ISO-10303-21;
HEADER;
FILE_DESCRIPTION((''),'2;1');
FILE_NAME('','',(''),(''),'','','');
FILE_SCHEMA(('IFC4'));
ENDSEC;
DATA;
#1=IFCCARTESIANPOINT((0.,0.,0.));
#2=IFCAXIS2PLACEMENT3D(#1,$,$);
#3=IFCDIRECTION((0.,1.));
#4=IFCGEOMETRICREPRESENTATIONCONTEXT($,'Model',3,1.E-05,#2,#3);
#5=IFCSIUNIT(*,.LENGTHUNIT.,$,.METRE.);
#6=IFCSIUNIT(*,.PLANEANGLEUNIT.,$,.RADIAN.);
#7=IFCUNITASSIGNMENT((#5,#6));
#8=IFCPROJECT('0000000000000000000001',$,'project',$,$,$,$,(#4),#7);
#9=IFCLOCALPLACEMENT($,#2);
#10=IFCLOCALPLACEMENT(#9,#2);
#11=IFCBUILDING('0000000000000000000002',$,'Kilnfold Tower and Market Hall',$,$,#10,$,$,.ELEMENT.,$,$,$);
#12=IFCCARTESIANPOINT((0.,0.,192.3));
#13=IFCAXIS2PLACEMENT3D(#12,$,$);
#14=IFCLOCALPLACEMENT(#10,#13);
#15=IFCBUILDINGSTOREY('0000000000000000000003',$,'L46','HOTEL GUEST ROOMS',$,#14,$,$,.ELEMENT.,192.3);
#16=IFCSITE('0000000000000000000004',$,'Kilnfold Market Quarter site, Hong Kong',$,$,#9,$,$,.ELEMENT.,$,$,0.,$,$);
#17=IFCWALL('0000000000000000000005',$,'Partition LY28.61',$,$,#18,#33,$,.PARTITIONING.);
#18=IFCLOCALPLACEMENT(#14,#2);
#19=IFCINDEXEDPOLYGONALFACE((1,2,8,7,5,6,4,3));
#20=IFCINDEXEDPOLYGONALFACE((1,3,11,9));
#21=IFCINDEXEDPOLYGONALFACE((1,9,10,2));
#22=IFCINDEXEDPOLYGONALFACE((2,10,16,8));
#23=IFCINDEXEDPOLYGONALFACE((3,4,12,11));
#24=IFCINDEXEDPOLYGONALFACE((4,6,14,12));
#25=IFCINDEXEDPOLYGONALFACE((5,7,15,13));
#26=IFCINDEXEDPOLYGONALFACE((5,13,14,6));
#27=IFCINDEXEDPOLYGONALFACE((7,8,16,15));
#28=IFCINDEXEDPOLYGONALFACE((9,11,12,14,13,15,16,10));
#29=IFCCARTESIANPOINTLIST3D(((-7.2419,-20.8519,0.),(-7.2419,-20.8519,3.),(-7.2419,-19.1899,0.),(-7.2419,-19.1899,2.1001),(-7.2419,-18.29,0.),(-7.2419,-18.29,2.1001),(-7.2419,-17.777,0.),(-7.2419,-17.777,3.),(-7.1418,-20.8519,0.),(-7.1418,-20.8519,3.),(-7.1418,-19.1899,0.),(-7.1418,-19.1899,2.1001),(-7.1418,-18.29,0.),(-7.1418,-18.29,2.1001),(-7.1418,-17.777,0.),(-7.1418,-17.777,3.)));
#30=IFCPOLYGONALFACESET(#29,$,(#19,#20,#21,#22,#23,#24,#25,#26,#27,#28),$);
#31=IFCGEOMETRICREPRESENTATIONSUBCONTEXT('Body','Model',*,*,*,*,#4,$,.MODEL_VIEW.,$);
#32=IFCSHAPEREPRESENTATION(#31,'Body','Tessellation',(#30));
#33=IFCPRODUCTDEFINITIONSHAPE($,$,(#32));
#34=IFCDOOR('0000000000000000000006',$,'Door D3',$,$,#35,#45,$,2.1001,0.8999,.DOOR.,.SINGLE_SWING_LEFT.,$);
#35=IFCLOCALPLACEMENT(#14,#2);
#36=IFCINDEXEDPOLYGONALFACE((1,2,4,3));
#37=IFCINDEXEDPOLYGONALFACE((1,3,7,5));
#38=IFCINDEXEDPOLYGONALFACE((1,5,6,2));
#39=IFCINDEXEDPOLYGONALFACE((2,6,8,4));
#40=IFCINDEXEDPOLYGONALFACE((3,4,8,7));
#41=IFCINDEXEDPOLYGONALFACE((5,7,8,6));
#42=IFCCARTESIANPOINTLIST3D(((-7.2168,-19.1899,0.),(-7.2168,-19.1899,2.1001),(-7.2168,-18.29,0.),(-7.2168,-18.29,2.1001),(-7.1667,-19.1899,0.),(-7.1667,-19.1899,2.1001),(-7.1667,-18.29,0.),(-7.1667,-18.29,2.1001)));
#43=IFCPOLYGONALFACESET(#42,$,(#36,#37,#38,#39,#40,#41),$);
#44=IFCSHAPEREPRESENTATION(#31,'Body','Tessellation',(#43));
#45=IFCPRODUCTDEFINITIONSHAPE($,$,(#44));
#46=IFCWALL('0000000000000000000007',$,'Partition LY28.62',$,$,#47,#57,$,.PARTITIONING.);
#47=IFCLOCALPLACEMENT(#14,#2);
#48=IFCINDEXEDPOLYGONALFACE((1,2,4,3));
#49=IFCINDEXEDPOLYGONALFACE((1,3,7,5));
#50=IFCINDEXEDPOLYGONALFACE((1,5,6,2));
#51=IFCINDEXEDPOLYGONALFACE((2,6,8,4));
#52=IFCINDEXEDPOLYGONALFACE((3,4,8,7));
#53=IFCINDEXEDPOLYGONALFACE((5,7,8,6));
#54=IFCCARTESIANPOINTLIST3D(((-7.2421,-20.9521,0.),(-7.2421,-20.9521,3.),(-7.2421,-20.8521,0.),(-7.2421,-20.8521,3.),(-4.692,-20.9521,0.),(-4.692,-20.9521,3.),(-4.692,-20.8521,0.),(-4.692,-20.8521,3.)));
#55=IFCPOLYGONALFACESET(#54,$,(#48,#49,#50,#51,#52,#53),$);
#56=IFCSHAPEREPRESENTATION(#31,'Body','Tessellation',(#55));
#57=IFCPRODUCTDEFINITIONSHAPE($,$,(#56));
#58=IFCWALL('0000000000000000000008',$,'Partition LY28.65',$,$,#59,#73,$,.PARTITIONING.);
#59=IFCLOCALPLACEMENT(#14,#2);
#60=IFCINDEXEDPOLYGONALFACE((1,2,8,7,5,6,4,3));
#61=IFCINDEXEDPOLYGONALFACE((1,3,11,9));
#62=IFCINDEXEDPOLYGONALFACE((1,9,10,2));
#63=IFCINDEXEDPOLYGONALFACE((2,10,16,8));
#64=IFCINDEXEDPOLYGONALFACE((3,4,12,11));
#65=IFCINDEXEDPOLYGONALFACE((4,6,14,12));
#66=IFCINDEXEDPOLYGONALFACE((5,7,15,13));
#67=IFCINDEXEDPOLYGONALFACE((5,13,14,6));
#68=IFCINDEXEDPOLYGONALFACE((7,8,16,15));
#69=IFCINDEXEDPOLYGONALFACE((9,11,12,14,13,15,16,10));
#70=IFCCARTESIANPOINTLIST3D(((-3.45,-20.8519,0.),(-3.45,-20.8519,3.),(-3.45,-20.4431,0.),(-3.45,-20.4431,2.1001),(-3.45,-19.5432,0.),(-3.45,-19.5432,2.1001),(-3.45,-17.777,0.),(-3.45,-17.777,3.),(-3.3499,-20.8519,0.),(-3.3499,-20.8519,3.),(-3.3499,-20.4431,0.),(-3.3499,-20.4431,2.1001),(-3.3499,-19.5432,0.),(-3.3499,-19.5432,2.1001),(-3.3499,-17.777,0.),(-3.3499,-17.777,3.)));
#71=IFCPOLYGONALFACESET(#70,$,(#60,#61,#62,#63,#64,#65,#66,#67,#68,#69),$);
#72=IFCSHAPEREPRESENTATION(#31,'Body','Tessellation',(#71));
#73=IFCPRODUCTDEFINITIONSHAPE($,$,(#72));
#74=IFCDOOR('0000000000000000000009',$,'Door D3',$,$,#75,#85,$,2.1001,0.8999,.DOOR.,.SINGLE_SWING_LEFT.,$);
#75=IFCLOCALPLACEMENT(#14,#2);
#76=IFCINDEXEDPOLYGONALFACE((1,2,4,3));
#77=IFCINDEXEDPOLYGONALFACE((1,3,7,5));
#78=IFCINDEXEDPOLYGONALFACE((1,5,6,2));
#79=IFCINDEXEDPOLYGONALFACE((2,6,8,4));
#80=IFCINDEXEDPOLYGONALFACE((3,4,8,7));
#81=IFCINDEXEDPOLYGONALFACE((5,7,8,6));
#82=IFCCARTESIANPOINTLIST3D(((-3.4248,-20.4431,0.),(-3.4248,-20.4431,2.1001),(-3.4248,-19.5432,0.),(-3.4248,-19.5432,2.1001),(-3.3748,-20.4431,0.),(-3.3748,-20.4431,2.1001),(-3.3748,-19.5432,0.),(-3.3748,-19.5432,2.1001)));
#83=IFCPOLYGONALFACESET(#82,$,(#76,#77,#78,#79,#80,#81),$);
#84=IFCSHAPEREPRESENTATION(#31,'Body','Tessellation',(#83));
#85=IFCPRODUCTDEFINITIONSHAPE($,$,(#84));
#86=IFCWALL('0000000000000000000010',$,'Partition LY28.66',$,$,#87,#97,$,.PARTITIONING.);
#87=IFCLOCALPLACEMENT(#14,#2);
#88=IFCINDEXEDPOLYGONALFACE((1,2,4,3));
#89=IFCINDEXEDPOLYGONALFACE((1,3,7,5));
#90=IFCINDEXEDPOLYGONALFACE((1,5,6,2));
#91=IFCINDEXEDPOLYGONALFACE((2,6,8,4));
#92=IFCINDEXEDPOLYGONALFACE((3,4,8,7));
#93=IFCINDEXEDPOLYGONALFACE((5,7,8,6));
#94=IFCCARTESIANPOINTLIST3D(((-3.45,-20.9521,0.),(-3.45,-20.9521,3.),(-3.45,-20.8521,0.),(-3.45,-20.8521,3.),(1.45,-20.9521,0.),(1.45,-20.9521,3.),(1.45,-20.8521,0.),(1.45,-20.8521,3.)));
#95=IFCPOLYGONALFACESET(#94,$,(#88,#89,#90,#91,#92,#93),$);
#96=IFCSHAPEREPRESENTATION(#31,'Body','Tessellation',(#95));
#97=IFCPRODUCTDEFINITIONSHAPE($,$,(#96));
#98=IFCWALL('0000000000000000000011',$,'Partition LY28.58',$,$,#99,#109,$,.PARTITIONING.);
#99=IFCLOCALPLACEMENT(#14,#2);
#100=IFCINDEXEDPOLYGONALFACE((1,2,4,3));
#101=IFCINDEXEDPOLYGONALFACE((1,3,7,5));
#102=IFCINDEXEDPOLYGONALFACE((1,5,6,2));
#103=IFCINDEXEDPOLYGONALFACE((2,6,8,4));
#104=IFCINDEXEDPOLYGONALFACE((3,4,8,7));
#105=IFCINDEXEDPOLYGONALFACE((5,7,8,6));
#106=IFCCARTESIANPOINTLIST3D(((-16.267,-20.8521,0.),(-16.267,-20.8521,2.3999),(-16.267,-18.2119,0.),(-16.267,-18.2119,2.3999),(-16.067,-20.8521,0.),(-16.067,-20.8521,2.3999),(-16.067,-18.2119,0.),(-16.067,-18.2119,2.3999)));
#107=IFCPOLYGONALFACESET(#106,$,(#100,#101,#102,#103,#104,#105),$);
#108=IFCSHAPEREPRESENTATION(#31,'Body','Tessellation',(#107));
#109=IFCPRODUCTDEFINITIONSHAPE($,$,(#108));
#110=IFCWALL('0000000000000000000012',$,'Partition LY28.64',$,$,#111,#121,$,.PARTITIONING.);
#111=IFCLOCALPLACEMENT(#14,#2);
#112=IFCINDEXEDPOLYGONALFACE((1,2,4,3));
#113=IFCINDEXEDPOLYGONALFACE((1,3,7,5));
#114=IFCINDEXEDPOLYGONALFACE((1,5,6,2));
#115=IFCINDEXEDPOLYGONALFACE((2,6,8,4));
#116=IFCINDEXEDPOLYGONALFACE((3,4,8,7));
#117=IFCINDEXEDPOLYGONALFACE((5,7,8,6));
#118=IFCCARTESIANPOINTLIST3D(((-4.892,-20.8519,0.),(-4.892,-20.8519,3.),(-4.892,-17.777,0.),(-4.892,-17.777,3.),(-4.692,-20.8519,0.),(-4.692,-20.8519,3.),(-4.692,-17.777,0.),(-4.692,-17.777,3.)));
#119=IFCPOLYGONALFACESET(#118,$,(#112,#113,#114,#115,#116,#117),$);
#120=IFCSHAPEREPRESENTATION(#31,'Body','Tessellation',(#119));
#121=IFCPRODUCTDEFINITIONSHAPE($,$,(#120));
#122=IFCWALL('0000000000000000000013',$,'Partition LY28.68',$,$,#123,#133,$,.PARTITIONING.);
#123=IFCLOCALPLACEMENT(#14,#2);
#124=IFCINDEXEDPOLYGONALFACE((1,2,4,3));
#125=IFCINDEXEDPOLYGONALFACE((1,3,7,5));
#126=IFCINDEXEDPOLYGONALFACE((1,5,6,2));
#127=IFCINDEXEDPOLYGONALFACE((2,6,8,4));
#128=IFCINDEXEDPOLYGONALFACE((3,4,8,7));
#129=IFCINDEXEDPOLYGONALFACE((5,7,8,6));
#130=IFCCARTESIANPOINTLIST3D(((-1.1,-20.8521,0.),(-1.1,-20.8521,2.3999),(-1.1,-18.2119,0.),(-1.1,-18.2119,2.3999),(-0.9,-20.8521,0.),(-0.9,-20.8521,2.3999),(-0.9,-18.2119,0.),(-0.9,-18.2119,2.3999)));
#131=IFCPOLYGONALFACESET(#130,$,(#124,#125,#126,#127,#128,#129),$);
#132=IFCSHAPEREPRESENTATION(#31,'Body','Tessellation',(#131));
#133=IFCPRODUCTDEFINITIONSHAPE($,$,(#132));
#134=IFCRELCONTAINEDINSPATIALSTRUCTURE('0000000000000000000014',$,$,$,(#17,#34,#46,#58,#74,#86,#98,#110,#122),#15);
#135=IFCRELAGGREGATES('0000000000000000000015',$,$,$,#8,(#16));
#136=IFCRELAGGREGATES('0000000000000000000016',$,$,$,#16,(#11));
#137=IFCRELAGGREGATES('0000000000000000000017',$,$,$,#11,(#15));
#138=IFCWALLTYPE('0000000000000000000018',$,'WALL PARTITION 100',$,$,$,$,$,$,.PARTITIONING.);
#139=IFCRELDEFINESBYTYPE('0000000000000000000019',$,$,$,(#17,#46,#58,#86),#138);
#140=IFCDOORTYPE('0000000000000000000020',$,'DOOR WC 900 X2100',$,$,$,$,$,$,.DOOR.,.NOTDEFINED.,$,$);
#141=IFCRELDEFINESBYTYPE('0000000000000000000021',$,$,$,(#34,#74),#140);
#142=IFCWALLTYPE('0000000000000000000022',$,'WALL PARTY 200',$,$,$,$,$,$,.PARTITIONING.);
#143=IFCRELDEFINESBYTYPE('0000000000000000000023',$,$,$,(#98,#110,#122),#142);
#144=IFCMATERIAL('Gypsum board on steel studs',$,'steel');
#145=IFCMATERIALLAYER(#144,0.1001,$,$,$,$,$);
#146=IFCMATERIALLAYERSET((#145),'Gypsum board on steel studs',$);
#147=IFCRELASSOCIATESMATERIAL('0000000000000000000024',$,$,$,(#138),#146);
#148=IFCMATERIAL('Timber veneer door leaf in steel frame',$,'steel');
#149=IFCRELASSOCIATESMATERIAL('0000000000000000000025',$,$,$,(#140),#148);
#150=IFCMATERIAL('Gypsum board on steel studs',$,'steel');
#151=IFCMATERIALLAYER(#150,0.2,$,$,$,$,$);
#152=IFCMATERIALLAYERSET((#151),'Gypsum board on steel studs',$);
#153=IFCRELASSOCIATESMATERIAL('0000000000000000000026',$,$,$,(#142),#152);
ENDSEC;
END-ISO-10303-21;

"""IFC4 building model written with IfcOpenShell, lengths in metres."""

from ifc_helpers import new_model, si_unit, direction, frame, frame_2d, origin, place, context, subcontext, project, spatial, rectangle, extrude, material, layer, layer_set, type_object, element, fill, save


model = new_model("IFC4")

# Units and contexts
model_context = context("Model", 3, precision=1e-05, world=origin(), true_north=direction((0.0, 1.0)))
body_context = subcontext(model_context, "Body", "Model", "MODEL_VIEW")
ifc_project = project(units=[si_unit("LENGTHUNIT", "METRE"), si_unit("PLANEANGLEUNIT", "RADIAN")], contexts=[model_context])

# Site, building, storey
site_placement = place(None, origin())
site = spatial("IfcSite", under=ifc_project, at=site_placement, Name="Kilnfold Market Quarter site, Hong Kong", CompositionType="ELEMENT", RefElevation=0.0)
building_placement = place(site_placement, origin())
building = spatial("IfcBuilding", under=site, at=building_placement, Name="Kilnfold Tower and Market Hall", CompositionType="ELEMENT")
storey_placement = place(building_placement, frame((0.0, 0.0, 192.3)))
storey = spatial("IfcBuildingStorey", under=building, at=storey_placement, Name="L46", Description="HOTEL GUEST ROOMS", CompositionType="ELEMENT", Elevation=192.3)

# Wall, opening, door
ifc_material_1 = material(Name="Gypsum board on steel studs", Category="steel")
ifc_layer_1 = layer(ifc_material_1, 0.1001)
ifc_layer_set_1 = layer_set([ifc_layer_1], Name="Gypsum board on steel studs")
wall_type_1 = type_object("IfcWallType", Name="WALL PARTITION 100", PredefinedType="PARTITIONING", material=ifc_layer_set_1)
ifc_material_2 = material(Name="Timber veneer door leaf in steel frame", Category="steel")
door_type_1 = type_object("IfcDoorType", Name="DOOR WC 900 X2100", OperationType="NOTDEFINED", PredefinedType="DOOR", material=ifc_material_2)
wall_1_placement = place(storey_placement, frame((-7.1919, -20.8521, 0.0), z_axis=(0.0, 0.0, 1.0), x_axis=(0.0, 1.0, 0.0)))
wall_1 = element("IfcWall", 1, at=wall_1_placement, inside=storey, type_object=wall_type_1, Name="Partition LY28.61", PredefinedType="PARTITIONING", context=body_context, shape_type="SweptSolid", body=[
    extrude(rectangle(XDim=3.075, YDim=0.1001, at=frame_2d((1.5376, 0.0))), origin(), (0.0, 0.0, 1.0), 3.0),
])
opening_1_placement = place(wall_1_placement, frame((1.6621, 0.0, 0.0)))
opening_1 = element("IfcOpeningElement", 2, at=opening_1_placement, cuts=wall_1, PredefinedType="OPENING", context=body_context, shape_type="SweptSolid", body=[
    extrude(rectangle(XDim=0.8999, YDim=2.1001, at=frame_2d((0.45, 1.05))), frame((0.0, 0.0601, 0.0), z_axis=(0.0, -1.0, 0.0), x_axis=(1.0, 0.0, 0.0)), (0.0, 0.0, 1.0), 0.1201),
])
door_1_placement = place(opening_1_placement, origin())
door_1 = element("IfcDoor", 3, at=door_1_placement, inside=storey, type_object=door_type_1, Name="Door D3", OperationType="SINGLE_SWING_LEFT", OverallHeight=2.1001, OverallWidth=0.8999, PredefinedType="DOOR", context=body_context, shape_type="SweptSolid", body=[
    extrude(rectangle(XDim=0.8999, YDim=2.1001, at=frame_2d((0.45, 1.05))), frame((0.0, 0.0249, 0.0), z_axis=(0.0, -1.0, 0.0), x_axis=(1.0, 0.0, 0.0)), (0.0, 0.0, 1.0), 0.05),
])
fill(opening_1, door_1)

# Wall
wall_2_placement = place(storey_placement, frame((-7.2419, -20.9021, 0.0), z_axis=(0.0, 0.0, 1.0), x_axis=(1.0, 0.0, 0.0)))
element("IfcWall", 4, at=wall_2_placement, inside=storey, type_object=wall_type_1, Name="Partition LY28.62", PredefinedType="PARTITIONING", context=body_context, shape_type="SweptSolid", body=[
    extrude(rectangle(XDim=2.55, YDim=0.1001, at=frame_2d((1.2749, 0.0))), origin(), (0.0, 0.0, 1.0), 3.0),
])

# Wall, opening, door
wall_3_placement = place(storey_placement, frame((-3.3999, -20.8521, 0.0), z_axis=(0.0, 0.0, 1.0), x_axis=(0.0, 1.0, 0.0)))
wall_3 = element("IfcWall", 5, at=wall_3_placement, inside=storey, type_object=wall_type_1, Name="Partition LY28.65", PredefinedType="PARTITIONING", context=body_context, shape_type="SweptSolid", body=[
    extrude(rectangle(XDim=3.075, YDim=0.1001, at=frame_2d((1.5376, 0.0))), origin(), (0.0, 0.0, 1.0), 3.0),
])
opening_2_placement = place(wall_3_placement, frame((0.4089, 0.0, 0.0)))
opening_2 = element("IfcOpeningElement", 6, at=opening_2_placement, cuts=wall_3, PredefinedType="OPENING", context=body_context, shape_type="SweptSolid", body=[
    extrude(rectangle(XDim=0.8999, YDim=2.1001, at=frame_2d((0.45, 1.05))), frame((0.0, 0.0601, 0.0), z_axis=(0.0, -1.0, 0.0), x_axis=(1.0, 0.0, 0.0)), (0.0, 0.0, 1.0), 0.1201),
])
door_2_placement = place(opening_2_placement, origin())
door_2 = element("IfcDoor", 7, at=door_2_placement, inside=storey, type_object=door_type_1, Name="Door D3", OperationType="SINGLE_SWING_LEFT", OverallHeight=2.1001, OverallWidth=0.8999, PredefinedType="DOOR", context=body_context, shape_type="SweptSolid", body=[
    extrude(rectangle(XDim=0.8999, YDim=2.1001, at=frame_2d((0.45, 1.05))), frame((0.0, 0.0249, 0.0), z_axis=(0.0, -1.0, 0.0), x_axis=(1.0, 0.0, 0.0)), (0.0, 0.0, 1.0), 0.05),
])
fill(opening_2, door_2)

# Walls
wall_4_placement = place(storey_placement, frame((-3.45, -20.9021, 0.0), z_axis=(0.0, 0.0, 1.0), x_axis=(1.0, 0.0, 0.0)))
element("IfcWall", 8, at=wall_4_placement, inside=storey, type_object=wall_type_1, Name="Partition LY28.66", PredefinedType="PARTITIONING", context=body_context, shape_type="SweptSolid", body=[
    extrude(rectangle(XDim=4.8999, YDim=0.1001, at=frame_2d((2.45, 0.0))), origin(), (0.0, 0.0, 1.0), 3.0),
])
ifc_material_3 = material(Name="Gypsum board on steel studs", Category="steel")
ifc_layer_2 = layer(ifc_material_3, 0.2)
ifc_layer_set_2 = layer_set([ifc_layer_2], Name="Gypsum board on steel studs")
wall_type_2 = type_object("IfcWallType", Name="WALL PARTY 200", PredefinedType="PARTITIONING", material=ifc_layer_set_2)
wall_5_placement = place(storey_placement, frame((-16.167, -20.8521, 0.0), z_axis=(0.0, 0.0, 1.0), x_axis=(0.0, 1.0, 0.0)))
element("IfcWall", 9, at=wall_5_placement, inside=storey, type_object=wall_type_2, Name="Partition LY28.58", PredefinedType="PARTITIONING", context=body_context, shape_type="SweptSolid", body=[
    extrude(rectangle(XDim=2.6401, YDim=0.2, at=frame_2d((1.3201, 0.0))), origin(), (0.0, 0.0, 1.0), 2.3999),
])
wall_6_placement = place(storey_placement, frame((-4.792, -20.8521, 0.0), z_axis=(0.0, 0.0, 1.0), x_axis=(0.0, 1.0, 0.0)))
element("IfcWall", 10, at=wall_6_placement, inside=storey, type_object=wall_type_2, Name="Partition LY28.64", PredefinedType="PARTITIONING", context=body_context, shape_type="SweptSolid", body=[
    extrude(rectangle(XDim=3.075, YDim=0.2, at=frame_2d((1.5376, 0.0))), origin(), (0.0, 0.0, 1.0), 3.0),
])
wall_7_placement = place(storey_placement, frame((-1.0, -20.8521, 0.0), z_axis=(0.0, 0.0, 1.0), x_axis=(0.0, 1.0, 0.0)))
element("IfcWall", 11, at=wall_7_placement, inside=storey, type_object=wall_type_2, Name="Partition LY28.68", PredefinedType="PARTITIONING", context=body_context, shape_type="SweptSolid", body=[
    extrude(rectangle(XDim=2.6401, YDim=0.2, at=frame_2d((1.3201, 0.0))), origin(), (0.0, 0.0, 1.0), 2.3999),
])

save(model, "model.ifc")
